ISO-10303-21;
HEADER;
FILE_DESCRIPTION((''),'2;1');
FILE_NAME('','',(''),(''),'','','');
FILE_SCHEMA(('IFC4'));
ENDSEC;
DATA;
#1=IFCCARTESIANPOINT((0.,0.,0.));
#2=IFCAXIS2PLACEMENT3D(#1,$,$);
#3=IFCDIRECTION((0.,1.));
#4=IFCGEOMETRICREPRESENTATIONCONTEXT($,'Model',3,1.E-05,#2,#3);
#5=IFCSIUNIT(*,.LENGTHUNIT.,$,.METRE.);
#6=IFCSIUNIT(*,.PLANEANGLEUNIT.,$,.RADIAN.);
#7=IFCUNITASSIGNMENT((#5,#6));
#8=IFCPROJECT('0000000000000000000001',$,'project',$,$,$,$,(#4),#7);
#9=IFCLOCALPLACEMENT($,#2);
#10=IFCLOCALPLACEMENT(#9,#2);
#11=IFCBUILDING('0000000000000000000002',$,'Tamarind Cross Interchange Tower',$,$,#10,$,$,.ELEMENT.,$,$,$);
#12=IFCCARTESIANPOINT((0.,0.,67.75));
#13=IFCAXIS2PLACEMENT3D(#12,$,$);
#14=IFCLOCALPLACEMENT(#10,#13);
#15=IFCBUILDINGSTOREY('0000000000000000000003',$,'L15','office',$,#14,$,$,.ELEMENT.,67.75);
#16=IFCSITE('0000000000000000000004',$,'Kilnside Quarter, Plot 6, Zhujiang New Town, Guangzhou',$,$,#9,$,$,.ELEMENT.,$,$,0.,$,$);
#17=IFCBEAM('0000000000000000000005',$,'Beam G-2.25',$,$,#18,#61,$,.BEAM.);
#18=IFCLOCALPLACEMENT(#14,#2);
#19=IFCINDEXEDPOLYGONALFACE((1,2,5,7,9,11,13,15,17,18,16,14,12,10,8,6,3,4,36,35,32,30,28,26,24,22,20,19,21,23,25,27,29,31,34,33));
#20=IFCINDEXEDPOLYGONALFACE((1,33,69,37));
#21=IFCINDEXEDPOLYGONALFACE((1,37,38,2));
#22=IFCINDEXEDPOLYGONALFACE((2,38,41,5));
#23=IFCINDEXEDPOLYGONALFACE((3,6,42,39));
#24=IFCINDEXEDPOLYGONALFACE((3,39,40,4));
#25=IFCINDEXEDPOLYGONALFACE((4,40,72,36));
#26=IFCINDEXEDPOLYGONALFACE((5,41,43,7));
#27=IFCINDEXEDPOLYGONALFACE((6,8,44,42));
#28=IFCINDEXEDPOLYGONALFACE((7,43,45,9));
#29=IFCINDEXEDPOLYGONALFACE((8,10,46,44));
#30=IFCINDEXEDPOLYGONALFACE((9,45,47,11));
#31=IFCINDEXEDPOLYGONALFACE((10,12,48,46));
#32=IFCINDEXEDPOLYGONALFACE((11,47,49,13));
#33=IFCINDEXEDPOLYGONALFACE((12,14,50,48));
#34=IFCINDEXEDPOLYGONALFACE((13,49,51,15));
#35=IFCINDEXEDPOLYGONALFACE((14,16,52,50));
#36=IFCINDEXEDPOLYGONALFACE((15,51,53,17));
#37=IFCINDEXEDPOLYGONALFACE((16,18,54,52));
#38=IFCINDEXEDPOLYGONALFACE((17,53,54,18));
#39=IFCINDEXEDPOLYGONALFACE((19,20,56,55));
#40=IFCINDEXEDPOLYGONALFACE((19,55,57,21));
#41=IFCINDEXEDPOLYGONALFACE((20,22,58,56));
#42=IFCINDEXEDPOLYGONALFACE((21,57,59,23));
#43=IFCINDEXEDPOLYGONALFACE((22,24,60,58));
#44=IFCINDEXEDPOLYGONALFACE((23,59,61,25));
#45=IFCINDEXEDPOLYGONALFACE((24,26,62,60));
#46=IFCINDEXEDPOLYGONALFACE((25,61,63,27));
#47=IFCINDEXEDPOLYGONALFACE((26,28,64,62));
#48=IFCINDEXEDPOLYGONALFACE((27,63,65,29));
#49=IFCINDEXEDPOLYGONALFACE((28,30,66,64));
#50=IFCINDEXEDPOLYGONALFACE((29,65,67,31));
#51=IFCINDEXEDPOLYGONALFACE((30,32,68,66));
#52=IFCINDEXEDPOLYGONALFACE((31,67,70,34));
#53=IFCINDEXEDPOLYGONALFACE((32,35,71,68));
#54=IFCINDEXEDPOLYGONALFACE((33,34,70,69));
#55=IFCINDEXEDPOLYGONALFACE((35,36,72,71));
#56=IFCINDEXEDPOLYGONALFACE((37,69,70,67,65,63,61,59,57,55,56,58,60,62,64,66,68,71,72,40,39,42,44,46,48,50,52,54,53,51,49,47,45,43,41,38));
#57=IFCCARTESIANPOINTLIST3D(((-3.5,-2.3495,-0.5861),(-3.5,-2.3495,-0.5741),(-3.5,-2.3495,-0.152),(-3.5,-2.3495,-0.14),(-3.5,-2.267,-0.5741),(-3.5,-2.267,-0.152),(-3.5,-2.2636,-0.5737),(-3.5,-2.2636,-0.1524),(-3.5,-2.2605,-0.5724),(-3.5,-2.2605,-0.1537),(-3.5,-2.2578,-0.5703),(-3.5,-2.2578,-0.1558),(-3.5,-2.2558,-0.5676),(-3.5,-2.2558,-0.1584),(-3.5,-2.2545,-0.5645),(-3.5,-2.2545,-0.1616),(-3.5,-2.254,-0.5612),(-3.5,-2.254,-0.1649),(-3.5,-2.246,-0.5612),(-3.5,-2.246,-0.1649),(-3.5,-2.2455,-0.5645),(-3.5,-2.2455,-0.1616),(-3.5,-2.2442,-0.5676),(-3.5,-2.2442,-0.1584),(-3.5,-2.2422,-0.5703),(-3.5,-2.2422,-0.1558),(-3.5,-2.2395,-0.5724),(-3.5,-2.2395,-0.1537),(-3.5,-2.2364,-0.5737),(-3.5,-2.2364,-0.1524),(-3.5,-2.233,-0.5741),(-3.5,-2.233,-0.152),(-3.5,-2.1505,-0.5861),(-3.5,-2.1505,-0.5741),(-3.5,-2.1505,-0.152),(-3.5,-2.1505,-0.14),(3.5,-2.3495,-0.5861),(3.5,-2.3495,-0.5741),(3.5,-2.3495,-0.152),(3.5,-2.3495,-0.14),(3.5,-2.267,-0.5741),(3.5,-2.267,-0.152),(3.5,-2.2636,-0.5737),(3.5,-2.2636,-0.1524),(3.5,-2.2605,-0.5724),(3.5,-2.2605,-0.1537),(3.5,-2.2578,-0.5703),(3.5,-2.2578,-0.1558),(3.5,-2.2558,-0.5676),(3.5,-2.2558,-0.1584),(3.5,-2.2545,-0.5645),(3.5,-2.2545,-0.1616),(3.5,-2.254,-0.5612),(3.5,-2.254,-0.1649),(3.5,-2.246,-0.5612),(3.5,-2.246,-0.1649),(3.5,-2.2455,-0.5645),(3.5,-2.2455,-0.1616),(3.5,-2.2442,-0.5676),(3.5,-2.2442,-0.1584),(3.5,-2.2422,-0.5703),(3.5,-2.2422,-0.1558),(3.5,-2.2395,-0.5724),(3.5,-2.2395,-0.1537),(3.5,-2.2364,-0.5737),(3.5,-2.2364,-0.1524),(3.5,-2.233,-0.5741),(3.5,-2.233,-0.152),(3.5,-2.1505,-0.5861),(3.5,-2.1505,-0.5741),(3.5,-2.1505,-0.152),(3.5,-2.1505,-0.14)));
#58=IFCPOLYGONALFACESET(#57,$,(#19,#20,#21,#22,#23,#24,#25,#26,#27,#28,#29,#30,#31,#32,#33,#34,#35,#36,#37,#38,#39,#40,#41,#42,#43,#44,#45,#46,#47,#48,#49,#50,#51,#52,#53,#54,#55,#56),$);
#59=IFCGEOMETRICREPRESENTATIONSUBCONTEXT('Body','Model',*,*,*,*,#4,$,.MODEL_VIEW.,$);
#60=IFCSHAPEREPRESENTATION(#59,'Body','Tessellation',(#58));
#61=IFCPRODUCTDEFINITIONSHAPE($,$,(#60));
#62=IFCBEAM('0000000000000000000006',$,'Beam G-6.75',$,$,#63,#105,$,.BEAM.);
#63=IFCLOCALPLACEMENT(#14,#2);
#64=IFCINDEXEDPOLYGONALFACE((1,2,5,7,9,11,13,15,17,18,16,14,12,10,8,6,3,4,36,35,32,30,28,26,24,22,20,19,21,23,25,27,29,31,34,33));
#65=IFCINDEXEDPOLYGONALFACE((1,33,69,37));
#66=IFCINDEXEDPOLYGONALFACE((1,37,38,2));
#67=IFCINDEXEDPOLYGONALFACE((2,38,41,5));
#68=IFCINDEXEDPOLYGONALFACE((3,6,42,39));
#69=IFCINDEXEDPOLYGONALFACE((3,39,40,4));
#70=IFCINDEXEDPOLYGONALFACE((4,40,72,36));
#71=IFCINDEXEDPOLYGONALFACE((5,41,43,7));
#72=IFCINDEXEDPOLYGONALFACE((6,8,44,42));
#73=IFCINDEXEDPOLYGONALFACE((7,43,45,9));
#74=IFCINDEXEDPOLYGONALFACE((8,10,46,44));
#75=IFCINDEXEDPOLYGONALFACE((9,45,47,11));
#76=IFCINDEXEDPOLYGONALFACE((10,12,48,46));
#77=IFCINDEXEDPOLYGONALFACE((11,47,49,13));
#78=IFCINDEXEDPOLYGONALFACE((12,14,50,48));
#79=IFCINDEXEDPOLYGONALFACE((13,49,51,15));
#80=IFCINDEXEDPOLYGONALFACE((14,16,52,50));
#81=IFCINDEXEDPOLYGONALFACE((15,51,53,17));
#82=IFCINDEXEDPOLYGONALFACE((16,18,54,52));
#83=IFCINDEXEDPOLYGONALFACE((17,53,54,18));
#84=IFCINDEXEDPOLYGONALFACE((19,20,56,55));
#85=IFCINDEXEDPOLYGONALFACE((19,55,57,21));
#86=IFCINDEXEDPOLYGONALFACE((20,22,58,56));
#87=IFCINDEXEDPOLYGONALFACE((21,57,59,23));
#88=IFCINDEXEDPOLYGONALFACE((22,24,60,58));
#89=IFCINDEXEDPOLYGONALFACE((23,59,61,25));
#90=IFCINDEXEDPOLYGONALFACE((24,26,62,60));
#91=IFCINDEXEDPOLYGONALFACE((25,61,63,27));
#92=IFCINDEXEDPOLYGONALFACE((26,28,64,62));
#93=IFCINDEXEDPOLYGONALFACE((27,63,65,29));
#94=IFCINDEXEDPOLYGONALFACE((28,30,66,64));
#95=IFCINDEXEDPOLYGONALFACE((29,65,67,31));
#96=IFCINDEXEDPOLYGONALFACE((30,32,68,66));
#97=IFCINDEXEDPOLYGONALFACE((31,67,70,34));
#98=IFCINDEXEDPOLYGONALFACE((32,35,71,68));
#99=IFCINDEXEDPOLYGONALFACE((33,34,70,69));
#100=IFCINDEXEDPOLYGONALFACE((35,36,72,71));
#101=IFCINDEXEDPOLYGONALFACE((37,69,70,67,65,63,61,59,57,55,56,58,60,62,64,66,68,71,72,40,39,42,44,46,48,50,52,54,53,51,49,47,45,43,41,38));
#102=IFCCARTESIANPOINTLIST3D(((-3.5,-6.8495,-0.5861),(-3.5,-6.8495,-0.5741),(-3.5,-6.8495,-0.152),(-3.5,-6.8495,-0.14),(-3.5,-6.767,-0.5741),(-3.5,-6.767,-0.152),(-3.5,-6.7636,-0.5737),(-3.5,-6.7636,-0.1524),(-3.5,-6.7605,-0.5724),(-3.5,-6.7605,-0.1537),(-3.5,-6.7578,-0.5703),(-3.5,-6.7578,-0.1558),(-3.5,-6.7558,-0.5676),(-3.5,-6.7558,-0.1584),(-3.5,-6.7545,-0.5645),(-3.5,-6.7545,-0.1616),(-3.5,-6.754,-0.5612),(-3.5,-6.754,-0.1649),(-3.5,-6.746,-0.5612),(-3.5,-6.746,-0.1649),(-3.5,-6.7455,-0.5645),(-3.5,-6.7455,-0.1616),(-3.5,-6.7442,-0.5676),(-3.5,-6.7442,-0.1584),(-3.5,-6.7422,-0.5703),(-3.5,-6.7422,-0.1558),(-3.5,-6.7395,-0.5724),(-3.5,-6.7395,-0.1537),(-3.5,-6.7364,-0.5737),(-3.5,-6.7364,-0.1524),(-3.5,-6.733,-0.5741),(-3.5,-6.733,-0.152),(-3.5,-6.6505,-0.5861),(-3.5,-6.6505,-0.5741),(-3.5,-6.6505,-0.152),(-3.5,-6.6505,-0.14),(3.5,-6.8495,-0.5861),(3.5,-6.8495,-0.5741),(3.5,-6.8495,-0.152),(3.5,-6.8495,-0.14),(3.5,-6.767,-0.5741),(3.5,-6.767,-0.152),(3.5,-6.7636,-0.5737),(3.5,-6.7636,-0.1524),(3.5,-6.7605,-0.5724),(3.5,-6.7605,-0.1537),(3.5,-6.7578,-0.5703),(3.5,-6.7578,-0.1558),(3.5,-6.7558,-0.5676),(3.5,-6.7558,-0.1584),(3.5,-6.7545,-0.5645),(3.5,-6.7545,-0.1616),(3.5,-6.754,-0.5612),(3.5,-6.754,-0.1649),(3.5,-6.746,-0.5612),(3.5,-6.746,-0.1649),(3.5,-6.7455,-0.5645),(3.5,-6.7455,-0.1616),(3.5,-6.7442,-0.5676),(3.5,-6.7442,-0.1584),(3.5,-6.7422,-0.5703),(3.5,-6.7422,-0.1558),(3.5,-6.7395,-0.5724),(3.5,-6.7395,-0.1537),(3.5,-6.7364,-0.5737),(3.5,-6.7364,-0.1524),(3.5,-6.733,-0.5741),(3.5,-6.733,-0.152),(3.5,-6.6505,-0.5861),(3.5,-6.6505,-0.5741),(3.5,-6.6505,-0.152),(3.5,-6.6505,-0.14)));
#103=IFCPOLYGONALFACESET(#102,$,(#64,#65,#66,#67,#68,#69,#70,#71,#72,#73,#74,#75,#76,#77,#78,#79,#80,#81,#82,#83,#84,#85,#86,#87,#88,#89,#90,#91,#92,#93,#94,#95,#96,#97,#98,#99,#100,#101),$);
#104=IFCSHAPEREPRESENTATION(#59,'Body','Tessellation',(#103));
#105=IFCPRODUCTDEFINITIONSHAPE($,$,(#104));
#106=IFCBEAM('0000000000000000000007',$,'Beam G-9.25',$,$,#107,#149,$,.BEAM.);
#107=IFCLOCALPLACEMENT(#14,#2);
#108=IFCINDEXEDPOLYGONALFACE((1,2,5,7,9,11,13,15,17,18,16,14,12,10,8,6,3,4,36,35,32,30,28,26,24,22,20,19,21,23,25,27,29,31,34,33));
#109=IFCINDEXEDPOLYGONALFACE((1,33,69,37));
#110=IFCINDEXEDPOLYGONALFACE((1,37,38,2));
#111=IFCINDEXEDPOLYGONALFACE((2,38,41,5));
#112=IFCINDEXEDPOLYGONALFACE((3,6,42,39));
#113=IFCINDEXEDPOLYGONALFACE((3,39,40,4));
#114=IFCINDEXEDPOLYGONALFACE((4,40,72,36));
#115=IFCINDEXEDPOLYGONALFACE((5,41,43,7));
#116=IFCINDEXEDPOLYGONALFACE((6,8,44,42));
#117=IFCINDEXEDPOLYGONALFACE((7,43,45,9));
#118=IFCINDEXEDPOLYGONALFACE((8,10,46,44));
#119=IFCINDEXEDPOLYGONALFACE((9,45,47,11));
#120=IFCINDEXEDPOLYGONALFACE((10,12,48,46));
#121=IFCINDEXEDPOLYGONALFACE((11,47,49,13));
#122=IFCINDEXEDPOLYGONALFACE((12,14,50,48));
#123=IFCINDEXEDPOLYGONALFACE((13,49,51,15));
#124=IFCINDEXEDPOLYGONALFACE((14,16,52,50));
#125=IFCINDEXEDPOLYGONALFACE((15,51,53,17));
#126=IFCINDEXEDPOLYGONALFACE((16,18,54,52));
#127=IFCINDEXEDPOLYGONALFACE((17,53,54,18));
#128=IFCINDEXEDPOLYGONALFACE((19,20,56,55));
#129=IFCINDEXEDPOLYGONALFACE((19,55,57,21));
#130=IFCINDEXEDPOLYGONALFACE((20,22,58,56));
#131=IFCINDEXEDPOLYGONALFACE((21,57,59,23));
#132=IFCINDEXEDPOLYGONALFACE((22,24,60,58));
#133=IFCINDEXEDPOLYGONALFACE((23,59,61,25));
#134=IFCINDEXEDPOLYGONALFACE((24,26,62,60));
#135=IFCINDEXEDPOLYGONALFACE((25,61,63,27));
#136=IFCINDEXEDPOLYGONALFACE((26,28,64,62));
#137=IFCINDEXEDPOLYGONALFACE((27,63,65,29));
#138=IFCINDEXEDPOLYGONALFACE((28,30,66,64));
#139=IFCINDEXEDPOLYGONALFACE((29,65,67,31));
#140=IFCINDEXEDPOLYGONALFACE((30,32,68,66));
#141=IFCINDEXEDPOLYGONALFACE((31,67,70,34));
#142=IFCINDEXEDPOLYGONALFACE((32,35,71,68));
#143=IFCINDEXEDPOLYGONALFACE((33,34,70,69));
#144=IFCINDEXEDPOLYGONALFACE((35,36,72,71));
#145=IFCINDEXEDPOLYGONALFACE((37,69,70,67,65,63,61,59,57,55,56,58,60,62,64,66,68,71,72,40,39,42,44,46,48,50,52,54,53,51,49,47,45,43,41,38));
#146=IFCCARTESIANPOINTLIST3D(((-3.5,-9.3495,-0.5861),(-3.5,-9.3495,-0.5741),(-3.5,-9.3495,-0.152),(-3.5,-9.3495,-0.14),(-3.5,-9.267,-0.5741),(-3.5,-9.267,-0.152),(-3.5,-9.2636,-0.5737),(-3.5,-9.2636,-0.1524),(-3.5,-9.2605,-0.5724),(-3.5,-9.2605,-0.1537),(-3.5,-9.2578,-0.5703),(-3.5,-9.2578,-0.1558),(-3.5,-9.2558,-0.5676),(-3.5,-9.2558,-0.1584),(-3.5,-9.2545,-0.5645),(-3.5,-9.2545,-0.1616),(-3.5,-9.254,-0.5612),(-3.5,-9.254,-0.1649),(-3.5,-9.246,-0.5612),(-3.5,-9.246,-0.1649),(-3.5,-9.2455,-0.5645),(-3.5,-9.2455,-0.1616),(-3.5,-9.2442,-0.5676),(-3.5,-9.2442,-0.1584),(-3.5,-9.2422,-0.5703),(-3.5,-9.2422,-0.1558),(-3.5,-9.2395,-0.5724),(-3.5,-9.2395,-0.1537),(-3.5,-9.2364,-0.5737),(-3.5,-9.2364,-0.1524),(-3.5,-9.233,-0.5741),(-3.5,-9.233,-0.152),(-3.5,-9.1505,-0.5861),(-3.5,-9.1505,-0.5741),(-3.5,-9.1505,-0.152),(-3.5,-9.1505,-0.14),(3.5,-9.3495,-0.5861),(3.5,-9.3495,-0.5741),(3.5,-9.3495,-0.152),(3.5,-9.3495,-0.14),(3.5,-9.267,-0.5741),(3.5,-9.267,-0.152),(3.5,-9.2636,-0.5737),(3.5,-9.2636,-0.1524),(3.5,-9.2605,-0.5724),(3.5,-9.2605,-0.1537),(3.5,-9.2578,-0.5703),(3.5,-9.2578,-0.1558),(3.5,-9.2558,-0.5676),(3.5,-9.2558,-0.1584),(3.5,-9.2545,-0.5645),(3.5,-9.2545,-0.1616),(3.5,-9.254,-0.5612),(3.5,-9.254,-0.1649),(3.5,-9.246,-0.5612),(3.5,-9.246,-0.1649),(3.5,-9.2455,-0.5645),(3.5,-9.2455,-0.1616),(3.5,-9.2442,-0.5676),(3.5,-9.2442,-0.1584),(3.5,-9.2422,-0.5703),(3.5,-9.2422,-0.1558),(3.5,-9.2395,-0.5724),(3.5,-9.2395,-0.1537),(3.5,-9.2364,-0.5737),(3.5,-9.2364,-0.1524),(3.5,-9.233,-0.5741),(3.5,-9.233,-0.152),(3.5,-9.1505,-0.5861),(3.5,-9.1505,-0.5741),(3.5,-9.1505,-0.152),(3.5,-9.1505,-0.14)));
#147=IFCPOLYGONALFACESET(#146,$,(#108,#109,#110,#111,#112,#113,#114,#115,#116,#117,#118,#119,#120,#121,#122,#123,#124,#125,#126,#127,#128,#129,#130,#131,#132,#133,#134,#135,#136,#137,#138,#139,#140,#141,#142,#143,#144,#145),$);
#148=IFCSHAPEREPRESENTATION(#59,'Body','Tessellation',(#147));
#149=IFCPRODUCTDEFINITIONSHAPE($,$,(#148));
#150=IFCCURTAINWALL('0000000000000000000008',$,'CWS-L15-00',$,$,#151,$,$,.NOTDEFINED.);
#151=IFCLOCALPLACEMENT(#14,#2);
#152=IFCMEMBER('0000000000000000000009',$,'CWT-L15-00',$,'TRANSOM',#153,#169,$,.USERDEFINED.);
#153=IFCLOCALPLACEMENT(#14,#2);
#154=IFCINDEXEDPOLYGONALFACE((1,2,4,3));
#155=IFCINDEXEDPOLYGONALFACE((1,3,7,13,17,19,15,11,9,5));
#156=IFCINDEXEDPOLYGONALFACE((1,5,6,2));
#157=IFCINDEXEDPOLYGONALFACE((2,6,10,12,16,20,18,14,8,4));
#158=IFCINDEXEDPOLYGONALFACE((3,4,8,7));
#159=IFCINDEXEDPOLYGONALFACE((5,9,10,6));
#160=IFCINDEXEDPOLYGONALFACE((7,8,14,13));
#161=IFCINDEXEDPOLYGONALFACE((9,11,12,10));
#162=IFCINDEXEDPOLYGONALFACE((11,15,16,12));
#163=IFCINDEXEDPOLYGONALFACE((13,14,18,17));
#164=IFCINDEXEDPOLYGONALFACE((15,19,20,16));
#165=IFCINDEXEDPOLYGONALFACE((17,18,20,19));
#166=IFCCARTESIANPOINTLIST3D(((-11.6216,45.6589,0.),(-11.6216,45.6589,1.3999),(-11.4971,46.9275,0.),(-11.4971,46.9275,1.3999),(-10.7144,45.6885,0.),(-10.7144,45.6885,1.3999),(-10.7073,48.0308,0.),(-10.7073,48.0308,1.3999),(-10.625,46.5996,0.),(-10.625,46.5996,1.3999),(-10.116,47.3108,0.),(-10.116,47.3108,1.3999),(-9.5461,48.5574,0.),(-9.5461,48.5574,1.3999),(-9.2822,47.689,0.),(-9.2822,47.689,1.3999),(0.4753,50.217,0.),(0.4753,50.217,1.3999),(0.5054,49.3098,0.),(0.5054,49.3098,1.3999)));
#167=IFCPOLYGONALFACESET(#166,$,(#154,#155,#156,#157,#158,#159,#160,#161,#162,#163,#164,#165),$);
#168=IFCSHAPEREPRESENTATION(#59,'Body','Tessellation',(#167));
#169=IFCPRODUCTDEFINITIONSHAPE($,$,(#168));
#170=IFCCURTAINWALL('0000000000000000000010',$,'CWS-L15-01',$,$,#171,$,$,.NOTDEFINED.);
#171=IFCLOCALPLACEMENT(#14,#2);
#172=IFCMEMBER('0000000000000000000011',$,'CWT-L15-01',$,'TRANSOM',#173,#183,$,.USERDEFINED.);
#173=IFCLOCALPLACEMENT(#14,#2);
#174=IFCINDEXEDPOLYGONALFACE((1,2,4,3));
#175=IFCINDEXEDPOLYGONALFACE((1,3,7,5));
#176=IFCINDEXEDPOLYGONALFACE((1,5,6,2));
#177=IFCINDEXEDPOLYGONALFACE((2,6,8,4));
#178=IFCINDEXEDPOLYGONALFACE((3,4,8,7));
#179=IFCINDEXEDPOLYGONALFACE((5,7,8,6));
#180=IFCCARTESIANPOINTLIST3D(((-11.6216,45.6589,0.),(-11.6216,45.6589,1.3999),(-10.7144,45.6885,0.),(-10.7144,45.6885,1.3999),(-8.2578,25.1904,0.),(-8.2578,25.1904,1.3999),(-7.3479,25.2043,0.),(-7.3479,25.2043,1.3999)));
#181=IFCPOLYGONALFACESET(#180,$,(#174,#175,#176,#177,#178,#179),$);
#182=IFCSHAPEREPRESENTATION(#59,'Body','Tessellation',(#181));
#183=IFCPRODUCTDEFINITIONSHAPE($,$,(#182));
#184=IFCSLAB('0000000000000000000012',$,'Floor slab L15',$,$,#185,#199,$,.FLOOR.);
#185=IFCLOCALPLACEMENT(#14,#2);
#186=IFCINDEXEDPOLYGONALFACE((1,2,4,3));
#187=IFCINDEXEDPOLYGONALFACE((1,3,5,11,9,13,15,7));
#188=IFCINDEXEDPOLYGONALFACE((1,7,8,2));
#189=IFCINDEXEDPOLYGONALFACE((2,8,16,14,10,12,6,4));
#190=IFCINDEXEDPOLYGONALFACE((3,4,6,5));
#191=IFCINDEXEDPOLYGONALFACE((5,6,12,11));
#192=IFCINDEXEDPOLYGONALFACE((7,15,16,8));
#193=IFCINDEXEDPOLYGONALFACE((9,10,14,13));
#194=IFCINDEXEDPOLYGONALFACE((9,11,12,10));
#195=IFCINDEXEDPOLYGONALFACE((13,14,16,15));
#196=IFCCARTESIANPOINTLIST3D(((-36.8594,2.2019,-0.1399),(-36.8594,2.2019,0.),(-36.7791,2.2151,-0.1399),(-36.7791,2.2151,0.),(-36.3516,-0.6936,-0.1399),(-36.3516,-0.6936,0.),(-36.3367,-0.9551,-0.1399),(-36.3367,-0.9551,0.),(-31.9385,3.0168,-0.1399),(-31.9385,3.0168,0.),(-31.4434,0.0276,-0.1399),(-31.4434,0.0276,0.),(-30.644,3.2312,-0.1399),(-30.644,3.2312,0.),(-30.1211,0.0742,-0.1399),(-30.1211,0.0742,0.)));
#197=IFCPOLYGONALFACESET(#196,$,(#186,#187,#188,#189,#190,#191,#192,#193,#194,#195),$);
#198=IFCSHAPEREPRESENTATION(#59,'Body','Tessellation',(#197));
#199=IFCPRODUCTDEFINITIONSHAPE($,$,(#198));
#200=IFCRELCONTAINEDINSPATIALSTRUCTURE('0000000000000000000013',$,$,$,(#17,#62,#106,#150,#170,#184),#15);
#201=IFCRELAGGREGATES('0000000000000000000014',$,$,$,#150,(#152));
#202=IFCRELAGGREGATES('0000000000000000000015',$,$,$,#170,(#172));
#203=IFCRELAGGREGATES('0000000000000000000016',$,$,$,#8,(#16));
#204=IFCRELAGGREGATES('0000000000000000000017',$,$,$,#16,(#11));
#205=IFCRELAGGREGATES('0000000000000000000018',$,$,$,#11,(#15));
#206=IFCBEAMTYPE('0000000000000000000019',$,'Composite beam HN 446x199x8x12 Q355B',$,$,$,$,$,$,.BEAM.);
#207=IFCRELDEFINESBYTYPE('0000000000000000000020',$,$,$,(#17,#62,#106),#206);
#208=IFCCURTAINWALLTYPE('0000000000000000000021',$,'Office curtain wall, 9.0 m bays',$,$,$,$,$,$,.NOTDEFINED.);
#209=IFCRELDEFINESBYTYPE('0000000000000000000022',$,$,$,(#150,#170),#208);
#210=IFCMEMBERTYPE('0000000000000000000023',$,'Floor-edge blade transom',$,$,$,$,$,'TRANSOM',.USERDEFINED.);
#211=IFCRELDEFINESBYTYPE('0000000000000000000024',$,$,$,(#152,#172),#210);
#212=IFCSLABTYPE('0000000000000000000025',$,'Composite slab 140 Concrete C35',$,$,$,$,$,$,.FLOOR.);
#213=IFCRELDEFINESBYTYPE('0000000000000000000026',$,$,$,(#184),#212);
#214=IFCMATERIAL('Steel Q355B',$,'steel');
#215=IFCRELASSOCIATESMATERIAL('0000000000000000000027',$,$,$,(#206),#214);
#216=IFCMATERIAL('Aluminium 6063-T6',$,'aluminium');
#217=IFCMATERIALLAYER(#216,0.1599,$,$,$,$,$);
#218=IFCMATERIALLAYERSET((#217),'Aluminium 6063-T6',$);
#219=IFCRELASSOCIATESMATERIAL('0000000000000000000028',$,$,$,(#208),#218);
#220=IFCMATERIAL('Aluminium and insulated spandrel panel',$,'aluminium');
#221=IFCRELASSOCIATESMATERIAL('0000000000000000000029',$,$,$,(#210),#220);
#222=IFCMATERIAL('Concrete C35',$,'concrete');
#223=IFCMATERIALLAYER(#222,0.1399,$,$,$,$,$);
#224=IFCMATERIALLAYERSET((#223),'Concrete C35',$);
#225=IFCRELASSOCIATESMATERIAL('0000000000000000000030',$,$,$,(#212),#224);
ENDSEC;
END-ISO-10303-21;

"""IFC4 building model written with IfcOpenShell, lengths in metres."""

from ifc_helpers import new_model, si_unit, direction, frame, origin, origin_2d, place, context, subcontext, project, spatial, polyline, i_section, outline, extrude, material, layer, layer_set, material_profile, profile_set, type_object, element, aggregate, save


model = new_model("IFC4")

# Units and contexts
model_context = context("Model", 3, precision=1e-05, world=origin(), true_north=direction((0.0, 1.0)))
body_context = subcontext(model_context, "Body", "Model", "MODEL_VIEW")
ifc_project = project(units=[si_unit("LENGTHUNIT", "METRE"), si_unit("PLANEANGLEUNIT", "RADIAN")], contexts=[model_context])

# Site, building, storey
site_placement = place(None, origin())
site = spatial("IfcSite", under=ifc_project, at=site_placement, Name="Kilnside Quarter, Plot 6, Zhujiang New Town, Guangzhou", CompositionType="ELEMENT", RefElevation=0.0)
building_placement = place(site_placement, origin())
building = spatial("IfcBuilding", under=site, at=building_placement, Name="Tamarind Cross Interchange Tower", CompositionType="ELEMENT")
storey_placement = place(building_placement, frame((0.0, 0.0, 67.75)))
storey = spatial("IfcBuildingStorey", under=building, at=storey_placement, Name="L15", Description="office", CompositionType="ELEMENT", Elevation=67.75)

# Beams
ifc_material_1 = material(Name="Steel Q355B", Category="steel")
ifc_material_profile = material_profile(ifc_material_1, i_section(OverallWidth=0.199, OverallDepth=0.446, WebThickness=0.0081, FlangeThickness=0.012, FilletRadius=0.0129, at=origin_2d()), Name="HN 446x199x8x12")
ifc_profile_set = profile_set([ifc_material_profile], Name="Steel Q355B")
beam_type = type_object("IfcBeamType", Name="Composite beam HN 446x199x8x12 Q355B", PredefinedType="BEAM", material=ifc_profile_set)
for number, where, z_axis, x_axis, name in (
    (1, (-3.5, -2.25, -0.363), (1.0, 0.0, 0.0), (0.0, 1.0, 0.0), "Beam G-2.25"),
    (2, (-3.5, -6.75, -0.363), (1.0, 0.0, 0.0), (0.0, 1.0, 0.0), "Beam G-6.75"),
    (3, (-3.5, -9.25, -0.363), (1.0, 0.0, 0.0), (0.0, 1.0, 0.0), "Beam G-9.25"),
):
    element("IfcBeam", number, at=place(storey_placement, frame(where, z_axis=z_axis, x_axis=x_axis)), inside=storey, type_object=beam_type, Name=name, PredefinedType="BEAM", context=body_context, shape_type="SweptSolid", body=[
        extrude(i_section(OverallWidth=0.199, OverallDepth=0.446, WebThickness=0.0081, FlangeThickness=0.012, FilletRadius=0.0129, at=origin_2d()), origin(), (0.0, 0.0, 1.0), 7.0),
    ])

# Curtain walls, members
ifc_material_2 = material(Name="Aluminium 6063-T6", Category="aluminium")
ifc_layer_1 = layer(ifc_material_2, 0.1599)
ifc_layer_set_1 = layer_set([ifc_layer_1], Name="Aluminium 6063-T6")
curtain_wall_type = type_object("IfcCurtainWallType", Name="Office curtain wall, 9.0 m bays", PredefinedType="NOTDEFINED", material=ifc_layer_set_1)
curtain_wall_1_placement = place(storey_placement, origin())
curtain_wall_1 = element("IfcCurtainWall", 4, at=curtain_wall_1_placement, inside=storey, type_object=curtain_wall_type, Name="CWS-L15-00", PredefinedType="NOTDEFINED")
ifc_material_3 = material(Name="Aluminium and insulated spandrel panel", Category="aluminium")
member_type = type_object("IfcMemberType", Name="Floor-edge blade transom", ElementType="TRANSOM", PredefinedType="USERDEFINED", material=ifc_material_3)
member_1_placement = place(storey_placement, origin())
member_1 = element("IfcMember", 5, at=member_1_placement, type_object=member_type, Name="CWT-L15-00", ObjectType="TRANSOM", PredefinedType="USERDEFINED", context=body_context, shape_type="SweptSolid", body=[
    extrude(outline(polyline([(0.5054, 49.3098), (-9.2822, 47.689), (-10.116, 47.3108), (-10.625, 46.5996), (-10.7144, 45.6885), (-11.6216, 45.6589), (-11.4971, 46.9275), (-10.7073, 48.0308), (-9.5461, 48.5574), (0.4753, 50.217), (0.5054, 49.3098)])), origin(), (0.0, 0.0, 1.0), 1.3999),
])
curtain_wall_2_placement = place(storey_placement, origin())
curtain_wall_2 = element("IfcCurtainWall", 6, at=curtain_wall_2_placement, inside=storey, type_object=curtain_wall_type, Name="CWS-L15-01", PredefinedType="NOTDEFINED")
member_2_placement = place(storey_placement, origin())
member_2 = element("IfcMember", 7, at=member_2_placement, type_object=member_type, Name="CWT-L15-01", ObjectType="TRANSOM", PredefinedType="USERDEFINED", context=body_context, shape_type="SweptSolid", body=[
    extrude(outline(polyline([(-10.7144, 45.6885), (-7.3479, 25.2043), (-8.2578, 25.1904), (-11.6216, 45.6589), (-10.7144, 45.6885)])), origin(), (0.0, 0.0, 1.0), 1.3999),
])

# Slab
ifc_material_4 = material(Name="Concrete C35", Category="concrete")
ifc_layer_2 = layer(ifc_material_4, 0.1399)
ifc_layer_set_2 = layer_set([ifc_layer_2], Name="Concrete C35")
slab_type = type_object("IfcSlabType", Name="Composite slab 140 Concrete C35", PredefinedType="FLOOR", material=ifc_layer_set_2)
slab_1_placement = place(storey_placement, frame((0.0, 0.0, -0.1399)))
element("IfcSlab", 8, at=slab_1_placement, inside=storey, type_object=slab_type, Name="Floor slab L15", PredefinedType="FLOOR", context=body_context, shape_type="SweptSolid", body=[
    extrude(outline(polyline([(-36.3516, -0.6936), (-36.7791, 2.2151), (-36.8594, 2.2019), (-36.3367, -0.9551), (-30.1211, 0.0742), (-30.644, 3.2312), (-31.9385, 3.0168), (-31.4434, 0.0276), (-36.3516, -0.6936)])), origin(), (0.0, 0.0, 1.0), 0.1399),
])

aggregate(curtain_wall_1, [member_1])
aggregate(curtain_wall_2, [member_2])

save(model, "model.ifc")
